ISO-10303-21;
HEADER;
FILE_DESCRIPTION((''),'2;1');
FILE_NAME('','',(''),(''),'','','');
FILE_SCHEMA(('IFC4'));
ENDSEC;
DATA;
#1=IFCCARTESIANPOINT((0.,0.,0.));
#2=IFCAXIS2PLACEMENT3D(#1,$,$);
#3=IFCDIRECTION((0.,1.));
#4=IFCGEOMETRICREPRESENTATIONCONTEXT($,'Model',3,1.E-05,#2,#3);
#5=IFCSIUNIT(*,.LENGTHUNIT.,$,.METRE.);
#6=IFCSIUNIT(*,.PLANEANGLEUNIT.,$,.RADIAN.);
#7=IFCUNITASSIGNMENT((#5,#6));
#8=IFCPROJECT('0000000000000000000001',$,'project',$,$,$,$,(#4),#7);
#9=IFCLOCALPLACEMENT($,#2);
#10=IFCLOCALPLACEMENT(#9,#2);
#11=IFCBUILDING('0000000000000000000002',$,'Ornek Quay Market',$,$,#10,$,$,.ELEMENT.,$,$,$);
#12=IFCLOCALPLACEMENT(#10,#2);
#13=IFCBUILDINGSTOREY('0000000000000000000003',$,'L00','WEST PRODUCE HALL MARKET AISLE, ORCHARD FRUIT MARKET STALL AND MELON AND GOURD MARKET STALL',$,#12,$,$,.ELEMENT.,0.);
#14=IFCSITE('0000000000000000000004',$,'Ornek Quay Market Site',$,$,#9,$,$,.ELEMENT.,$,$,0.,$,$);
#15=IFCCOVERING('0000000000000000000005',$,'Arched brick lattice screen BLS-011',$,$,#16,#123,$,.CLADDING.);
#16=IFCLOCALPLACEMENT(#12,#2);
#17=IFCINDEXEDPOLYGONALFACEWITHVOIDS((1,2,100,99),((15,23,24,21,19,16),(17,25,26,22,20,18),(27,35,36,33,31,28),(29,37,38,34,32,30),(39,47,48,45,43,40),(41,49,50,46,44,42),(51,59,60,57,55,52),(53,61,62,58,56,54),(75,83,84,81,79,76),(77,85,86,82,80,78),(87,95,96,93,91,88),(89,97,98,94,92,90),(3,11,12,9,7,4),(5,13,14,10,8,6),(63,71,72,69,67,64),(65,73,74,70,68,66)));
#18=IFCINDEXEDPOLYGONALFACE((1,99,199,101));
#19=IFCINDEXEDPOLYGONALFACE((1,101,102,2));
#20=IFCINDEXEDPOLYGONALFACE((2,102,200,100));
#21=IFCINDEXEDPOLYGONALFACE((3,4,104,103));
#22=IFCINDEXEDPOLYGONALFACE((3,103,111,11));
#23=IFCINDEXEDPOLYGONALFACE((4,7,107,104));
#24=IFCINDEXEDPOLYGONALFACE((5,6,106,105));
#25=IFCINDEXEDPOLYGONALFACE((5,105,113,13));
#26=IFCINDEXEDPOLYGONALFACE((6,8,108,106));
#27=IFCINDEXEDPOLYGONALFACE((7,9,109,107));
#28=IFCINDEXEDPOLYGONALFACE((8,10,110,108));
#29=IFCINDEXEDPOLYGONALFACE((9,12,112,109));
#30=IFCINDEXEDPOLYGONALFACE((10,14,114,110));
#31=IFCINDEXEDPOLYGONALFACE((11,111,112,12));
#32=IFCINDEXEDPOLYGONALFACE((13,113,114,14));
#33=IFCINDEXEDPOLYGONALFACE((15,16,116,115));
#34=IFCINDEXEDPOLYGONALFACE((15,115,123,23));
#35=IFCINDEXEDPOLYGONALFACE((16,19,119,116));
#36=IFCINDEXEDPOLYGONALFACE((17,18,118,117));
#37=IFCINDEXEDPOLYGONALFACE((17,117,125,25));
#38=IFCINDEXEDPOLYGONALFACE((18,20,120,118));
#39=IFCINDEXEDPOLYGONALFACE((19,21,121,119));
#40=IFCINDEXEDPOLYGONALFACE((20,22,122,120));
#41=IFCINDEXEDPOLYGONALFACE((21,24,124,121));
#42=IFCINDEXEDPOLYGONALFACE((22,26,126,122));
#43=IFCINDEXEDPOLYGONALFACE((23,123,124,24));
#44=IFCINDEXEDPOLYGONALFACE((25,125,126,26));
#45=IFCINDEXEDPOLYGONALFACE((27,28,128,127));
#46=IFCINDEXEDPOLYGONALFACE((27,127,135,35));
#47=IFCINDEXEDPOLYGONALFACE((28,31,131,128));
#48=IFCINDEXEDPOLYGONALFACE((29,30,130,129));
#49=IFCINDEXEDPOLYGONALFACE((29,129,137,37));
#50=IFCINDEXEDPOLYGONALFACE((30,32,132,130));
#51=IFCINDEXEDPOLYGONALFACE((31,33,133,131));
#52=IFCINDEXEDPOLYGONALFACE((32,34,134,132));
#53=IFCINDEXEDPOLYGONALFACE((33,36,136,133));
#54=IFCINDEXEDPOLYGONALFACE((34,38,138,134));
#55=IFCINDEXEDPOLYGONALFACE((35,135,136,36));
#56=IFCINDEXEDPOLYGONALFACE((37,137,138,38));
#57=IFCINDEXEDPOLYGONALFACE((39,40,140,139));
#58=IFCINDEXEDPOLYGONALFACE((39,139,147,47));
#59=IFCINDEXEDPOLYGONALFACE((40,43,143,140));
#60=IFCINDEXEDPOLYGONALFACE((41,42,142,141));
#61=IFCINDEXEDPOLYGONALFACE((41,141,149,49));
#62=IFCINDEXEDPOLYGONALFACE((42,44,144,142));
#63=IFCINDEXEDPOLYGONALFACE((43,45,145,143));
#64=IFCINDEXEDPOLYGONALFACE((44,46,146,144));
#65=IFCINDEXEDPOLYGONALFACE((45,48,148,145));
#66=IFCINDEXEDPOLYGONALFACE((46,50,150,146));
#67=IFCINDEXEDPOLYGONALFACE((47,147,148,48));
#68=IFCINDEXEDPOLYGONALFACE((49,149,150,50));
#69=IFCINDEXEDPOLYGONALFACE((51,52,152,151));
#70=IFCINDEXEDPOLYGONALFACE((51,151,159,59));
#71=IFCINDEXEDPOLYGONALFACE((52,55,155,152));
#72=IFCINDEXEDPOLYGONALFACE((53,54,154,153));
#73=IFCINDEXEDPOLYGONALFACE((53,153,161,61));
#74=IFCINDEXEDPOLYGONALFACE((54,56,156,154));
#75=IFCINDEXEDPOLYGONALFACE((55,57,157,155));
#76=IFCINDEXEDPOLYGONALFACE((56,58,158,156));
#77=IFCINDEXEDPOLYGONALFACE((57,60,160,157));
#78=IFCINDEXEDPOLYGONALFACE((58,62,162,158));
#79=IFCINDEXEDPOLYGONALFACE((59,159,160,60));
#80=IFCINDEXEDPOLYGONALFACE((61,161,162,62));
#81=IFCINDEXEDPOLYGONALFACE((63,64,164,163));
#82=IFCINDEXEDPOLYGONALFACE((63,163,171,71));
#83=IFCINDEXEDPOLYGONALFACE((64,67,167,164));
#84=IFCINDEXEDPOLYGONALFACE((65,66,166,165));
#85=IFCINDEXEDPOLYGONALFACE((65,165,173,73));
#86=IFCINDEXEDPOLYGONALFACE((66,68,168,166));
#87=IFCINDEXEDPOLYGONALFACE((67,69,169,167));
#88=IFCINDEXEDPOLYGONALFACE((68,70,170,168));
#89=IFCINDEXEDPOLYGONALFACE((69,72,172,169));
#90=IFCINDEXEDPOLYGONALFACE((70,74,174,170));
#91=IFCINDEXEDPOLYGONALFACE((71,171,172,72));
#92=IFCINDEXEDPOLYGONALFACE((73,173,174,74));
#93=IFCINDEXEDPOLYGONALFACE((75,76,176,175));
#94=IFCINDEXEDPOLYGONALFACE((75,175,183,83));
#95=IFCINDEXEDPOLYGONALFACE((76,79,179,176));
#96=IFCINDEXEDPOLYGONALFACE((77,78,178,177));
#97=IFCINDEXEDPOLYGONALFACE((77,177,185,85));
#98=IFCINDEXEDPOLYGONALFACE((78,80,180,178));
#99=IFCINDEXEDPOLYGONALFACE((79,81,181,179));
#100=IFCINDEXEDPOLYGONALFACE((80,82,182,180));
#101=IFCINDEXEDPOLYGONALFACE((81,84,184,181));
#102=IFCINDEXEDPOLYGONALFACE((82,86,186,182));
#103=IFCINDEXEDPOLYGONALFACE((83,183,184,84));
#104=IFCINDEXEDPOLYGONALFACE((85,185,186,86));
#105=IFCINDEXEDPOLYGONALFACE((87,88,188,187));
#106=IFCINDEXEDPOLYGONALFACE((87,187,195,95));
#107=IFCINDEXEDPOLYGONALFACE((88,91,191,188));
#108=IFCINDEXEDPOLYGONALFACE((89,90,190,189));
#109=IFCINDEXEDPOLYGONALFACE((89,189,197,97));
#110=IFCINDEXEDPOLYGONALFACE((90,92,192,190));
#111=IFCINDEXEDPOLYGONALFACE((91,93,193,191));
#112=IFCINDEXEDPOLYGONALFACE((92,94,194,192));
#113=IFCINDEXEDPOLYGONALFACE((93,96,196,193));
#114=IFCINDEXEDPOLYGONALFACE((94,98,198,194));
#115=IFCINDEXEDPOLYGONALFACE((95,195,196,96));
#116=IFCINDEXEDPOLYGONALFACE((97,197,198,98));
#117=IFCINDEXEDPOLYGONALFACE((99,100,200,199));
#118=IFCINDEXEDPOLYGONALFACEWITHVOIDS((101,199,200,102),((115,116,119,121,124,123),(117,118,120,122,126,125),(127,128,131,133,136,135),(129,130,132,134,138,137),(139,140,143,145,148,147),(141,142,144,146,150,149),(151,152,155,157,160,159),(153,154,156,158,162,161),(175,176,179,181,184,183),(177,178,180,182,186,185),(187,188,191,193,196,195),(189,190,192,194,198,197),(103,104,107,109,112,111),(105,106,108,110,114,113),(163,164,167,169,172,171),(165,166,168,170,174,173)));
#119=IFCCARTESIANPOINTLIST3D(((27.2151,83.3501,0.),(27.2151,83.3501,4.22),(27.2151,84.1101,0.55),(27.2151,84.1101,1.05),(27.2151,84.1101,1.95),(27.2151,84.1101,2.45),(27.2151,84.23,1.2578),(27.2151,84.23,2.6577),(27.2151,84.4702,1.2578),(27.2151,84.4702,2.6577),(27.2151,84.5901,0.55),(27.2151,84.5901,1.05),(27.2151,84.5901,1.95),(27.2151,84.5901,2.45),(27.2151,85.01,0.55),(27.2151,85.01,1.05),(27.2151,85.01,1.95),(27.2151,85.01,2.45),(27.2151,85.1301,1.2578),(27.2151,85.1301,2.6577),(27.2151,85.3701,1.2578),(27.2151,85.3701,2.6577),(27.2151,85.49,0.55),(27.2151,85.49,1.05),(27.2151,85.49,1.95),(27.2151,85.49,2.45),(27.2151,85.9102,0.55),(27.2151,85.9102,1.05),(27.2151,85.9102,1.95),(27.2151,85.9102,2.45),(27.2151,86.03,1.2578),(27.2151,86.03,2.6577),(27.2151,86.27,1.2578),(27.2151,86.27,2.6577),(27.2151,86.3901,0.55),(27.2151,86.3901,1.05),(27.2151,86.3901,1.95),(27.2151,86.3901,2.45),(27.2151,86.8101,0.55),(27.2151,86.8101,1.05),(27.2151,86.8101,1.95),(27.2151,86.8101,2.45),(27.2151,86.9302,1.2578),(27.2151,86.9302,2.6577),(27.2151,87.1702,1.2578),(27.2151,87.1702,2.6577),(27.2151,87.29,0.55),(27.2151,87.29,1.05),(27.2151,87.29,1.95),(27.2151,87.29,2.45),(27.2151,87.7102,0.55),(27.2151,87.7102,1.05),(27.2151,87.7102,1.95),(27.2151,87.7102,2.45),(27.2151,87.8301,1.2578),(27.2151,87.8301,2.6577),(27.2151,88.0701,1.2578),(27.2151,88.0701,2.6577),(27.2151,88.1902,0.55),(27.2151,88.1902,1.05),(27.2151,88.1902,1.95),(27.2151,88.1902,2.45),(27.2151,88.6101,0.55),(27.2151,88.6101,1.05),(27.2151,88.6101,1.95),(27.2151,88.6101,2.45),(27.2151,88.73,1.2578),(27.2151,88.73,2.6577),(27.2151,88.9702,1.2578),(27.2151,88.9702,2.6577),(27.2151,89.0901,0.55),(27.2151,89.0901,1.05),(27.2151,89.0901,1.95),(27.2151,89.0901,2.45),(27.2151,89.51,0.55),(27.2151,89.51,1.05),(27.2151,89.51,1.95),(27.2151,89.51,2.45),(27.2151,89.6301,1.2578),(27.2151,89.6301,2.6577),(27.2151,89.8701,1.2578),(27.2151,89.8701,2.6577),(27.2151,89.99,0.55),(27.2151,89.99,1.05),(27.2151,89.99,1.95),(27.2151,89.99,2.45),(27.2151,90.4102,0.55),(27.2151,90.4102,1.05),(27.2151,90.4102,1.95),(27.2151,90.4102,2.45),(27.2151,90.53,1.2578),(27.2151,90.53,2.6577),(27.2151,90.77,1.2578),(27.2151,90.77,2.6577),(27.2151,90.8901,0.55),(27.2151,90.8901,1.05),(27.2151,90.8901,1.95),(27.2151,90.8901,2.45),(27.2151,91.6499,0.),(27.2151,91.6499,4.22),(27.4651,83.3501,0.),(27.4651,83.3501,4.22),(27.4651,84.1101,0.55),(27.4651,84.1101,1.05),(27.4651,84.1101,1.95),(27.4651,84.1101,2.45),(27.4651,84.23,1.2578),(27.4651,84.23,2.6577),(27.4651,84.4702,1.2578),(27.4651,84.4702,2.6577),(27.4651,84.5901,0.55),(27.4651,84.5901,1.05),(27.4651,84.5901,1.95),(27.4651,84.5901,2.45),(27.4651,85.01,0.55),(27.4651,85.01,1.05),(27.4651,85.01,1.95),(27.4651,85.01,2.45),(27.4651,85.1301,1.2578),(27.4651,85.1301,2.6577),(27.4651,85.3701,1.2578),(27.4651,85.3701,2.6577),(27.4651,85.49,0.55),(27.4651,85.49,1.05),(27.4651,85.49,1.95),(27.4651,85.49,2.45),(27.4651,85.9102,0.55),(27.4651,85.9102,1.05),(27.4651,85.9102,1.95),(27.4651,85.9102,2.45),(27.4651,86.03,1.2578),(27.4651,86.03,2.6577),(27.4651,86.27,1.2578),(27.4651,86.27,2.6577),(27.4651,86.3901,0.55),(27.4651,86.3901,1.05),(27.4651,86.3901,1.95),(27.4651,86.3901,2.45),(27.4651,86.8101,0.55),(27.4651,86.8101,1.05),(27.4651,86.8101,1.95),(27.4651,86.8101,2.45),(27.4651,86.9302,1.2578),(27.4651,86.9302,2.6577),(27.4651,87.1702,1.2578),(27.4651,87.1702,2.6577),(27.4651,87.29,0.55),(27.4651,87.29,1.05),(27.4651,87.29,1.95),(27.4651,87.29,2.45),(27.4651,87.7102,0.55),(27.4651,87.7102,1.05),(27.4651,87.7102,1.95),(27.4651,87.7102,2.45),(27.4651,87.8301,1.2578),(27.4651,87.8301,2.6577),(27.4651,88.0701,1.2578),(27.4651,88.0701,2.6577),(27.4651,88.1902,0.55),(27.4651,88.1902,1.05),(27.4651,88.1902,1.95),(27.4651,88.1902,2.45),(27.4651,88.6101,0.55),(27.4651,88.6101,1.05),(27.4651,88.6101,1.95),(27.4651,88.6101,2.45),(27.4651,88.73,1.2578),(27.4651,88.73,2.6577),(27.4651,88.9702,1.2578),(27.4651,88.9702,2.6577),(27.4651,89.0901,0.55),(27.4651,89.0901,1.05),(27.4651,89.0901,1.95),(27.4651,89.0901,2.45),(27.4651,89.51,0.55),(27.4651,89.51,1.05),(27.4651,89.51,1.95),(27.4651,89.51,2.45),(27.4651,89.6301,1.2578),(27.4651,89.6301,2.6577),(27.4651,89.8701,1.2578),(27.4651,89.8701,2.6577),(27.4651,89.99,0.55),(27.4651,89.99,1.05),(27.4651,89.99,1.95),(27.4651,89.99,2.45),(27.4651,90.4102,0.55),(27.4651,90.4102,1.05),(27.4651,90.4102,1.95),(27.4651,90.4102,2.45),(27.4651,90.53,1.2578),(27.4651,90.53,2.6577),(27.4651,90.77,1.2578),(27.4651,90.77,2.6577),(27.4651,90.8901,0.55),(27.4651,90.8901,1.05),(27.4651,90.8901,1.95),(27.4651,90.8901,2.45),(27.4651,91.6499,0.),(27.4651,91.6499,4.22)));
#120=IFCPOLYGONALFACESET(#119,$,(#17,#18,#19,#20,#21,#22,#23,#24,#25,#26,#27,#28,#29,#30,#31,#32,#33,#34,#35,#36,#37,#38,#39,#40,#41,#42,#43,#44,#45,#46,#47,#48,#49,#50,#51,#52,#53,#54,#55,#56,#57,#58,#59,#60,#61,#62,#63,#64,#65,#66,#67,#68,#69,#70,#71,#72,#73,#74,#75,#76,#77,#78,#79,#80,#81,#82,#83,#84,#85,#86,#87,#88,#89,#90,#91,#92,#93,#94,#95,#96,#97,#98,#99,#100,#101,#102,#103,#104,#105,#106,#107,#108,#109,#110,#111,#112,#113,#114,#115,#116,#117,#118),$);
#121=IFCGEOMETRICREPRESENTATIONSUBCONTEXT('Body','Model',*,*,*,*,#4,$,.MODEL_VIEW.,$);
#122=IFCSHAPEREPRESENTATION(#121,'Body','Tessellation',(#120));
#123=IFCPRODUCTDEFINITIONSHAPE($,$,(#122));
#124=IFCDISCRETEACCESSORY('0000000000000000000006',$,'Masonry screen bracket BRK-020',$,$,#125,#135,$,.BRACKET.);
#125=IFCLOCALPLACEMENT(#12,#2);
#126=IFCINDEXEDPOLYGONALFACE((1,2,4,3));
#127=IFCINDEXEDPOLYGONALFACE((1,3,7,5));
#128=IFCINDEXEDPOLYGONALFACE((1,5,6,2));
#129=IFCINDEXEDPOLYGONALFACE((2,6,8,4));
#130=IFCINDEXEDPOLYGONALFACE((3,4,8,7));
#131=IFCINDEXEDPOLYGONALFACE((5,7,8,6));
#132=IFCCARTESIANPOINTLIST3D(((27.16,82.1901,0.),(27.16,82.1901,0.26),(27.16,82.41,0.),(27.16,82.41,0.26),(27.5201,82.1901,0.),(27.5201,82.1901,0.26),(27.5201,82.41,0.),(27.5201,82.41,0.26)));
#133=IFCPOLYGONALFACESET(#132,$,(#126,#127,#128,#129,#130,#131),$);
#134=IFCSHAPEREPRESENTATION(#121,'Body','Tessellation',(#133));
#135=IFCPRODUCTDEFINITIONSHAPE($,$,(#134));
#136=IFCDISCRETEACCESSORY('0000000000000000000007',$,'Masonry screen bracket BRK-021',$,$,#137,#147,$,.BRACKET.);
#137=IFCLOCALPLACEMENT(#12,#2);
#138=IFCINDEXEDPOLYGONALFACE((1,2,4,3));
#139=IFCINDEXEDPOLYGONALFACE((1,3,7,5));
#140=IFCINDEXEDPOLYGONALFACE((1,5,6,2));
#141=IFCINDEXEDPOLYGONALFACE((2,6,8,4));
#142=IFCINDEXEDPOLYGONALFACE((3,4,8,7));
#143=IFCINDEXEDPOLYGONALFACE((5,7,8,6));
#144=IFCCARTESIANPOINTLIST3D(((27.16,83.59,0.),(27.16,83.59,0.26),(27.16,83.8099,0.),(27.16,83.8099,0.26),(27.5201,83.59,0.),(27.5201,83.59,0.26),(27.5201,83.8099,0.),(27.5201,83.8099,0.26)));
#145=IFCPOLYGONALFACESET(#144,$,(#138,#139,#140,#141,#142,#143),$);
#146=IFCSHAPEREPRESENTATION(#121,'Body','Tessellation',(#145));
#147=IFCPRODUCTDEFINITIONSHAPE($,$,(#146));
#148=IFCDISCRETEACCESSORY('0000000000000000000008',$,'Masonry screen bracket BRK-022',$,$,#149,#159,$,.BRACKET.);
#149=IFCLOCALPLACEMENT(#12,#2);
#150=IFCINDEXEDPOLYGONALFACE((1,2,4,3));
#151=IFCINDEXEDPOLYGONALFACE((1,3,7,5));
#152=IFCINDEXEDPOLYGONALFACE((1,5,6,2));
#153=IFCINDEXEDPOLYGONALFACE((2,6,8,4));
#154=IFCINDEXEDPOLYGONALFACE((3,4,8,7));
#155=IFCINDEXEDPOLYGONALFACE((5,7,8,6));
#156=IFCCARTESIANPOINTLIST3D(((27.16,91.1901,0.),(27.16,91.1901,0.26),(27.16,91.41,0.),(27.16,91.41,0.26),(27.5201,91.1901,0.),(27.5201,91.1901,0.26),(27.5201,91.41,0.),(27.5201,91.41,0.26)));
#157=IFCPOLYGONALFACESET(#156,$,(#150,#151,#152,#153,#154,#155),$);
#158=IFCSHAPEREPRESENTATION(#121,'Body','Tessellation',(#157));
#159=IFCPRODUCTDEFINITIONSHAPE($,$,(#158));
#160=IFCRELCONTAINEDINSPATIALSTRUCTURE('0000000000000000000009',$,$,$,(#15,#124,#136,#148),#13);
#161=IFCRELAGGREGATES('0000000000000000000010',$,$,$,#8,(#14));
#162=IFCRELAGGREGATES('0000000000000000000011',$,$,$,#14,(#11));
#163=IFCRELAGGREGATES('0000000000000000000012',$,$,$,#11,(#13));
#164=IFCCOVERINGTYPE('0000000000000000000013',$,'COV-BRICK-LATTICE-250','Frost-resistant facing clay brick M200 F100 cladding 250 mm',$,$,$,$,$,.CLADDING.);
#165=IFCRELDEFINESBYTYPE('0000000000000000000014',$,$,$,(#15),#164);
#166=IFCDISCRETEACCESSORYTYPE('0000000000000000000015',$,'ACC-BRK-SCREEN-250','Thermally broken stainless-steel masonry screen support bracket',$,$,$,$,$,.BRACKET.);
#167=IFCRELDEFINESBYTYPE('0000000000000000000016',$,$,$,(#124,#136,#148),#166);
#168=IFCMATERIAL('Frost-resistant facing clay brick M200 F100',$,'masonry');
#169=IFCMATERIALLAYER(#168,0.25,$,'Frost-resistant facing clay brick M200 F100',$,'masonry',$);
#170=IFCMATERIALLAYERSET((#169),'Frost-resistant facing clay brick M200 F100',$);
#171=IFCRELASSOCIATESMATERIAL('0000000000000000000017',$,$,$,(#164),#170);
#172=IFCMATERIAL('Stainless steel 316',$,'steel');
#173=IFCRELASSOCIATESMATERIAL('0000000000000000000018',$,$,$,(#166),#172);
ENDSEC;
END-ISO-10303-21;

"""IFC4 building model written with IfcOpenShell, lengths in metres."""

from ifc_helpers import new_model, si_unit, direction, frame, origin, origin_2d, place, context, subcontext, project, spatial, polyline, rectangle, outline, extrude, material, layer, layer_set, type_object, element, save


model = new_model("IFC4")

# Units and contexts
model_context = context("Model", 3, precision=1e-05, world=origin(), true_north=direction((0.0, 1.0)))
body_context = subcontext(model_context, "Body", "Model", "MODEL_VIEW")
ifc_project = project(units=[si_unit("LENGTHUNIT", "METRE"), si_unit("PLANEANGLEUNIT", "RADIAN")], contexts=[model_context])

# Site, building, storey
site_placement = place(None, origin())
site = spatial("IfcSite", under=ifc_project, at=site_placement, Name="Ornek Quay Market Site", CompositionType="ELEMENT", RefElevation=0.0)
building_placement = place(site_placement, origin())
building = spatial("IfcBuilding", under=site, at=building_placement, Name="Ornek Quay Market", CompositionType="ELEMENT")
storey_placement = place(building_placement, origin())
storey = spatial("IfcBuildingStorey", under=building, at=storey_placement, Name="L00", Description="WEST PRODUCE HALL MARKET AISLE, ORCHARD FRUIT MARKET STALL AND MELON AND GOURD MARKET STALL", CompositionType="ELEMENT", Elevation=0.0)

# Shared definitions
ifc_material_1 = material(Name="Frost-resistant facing clay brick M200 F100", Category="masonry")

# Covering
ifc_layer_1 = layer(ifc_material_1, 0.25, Name="Frost-resistant facing clay brick M200 F100", Category="masonry")
ifc_layer_set_1 = layer_set([ifc_layer_1], Name="Frost-resistant facing clay brick M200 F100")
covering_type = type_object("IfcCoveringType", Name="COV-BRICK-LATTICE-250", Description="Frost-resistant facing clay brick M200 F100 cladding 250 mm", PredefinedType="CLADDING", material=ifc_layer_set_1)
covering_placement = place(storey_placement, frame((27.3401, 83.3501, 0.0), z_axis=(0.0, 0.0, 1.0), x_axis=(0.0, 1.0, 0.0)))
element("IfcCovering", 1, at=covering_placement, inside=storey, type_object=covering_type, Name="Arched brick lattice screen BLS-011", PredefinedType="CLADDING", context=body_context, shape_type="SweptSolid", body=[
    extrude(outline(polyline([(0.0, 0.0), (8.2998, 0.0), (8.2998, 4.22), (0.0, 4.22), (0.0, 0.0)]), holes=[polyline([(0.76, 0.55), (1.24, 0.55), (1.24, 1.05), (1.1201, 1.2578), (0.8799, 1.2578), (0.76, 1.05), (0.76, 0.55)]), polyline([(0.76, 1.95), (1.24, 1.95), (1.24, 2.45), (1.1201, 2.6577), (0.8799, 2.6577), (0.76, 2.45), (0.76, 1.95)]), polyline([(1.6599, 0.55), (2.1399, 0.55), (2.1399, 1.05), (2.02, 1.2578), (1.78, 1.2578), (1.6599, 1.05), (1.6599, 0.55)]), polyline([(1.6599, 1.95), (2.1399, 1.95), (2.1399, 2.45), (2.02, 2.6577), (1.78, 2.6577), (1.6599, 2.45), (1.6599, 1.95)]), polyline([(2.5601, 0.55), (3.04, 0.55), (3.04, 1.05), (2.9199, 1.2578), (2.6799, 1.2578), (2.5601, 1.05), (2.5601, 0.55)]), polyline([(2.5601, 1.95), (3.04, 1.95), (3.04, 2.45), (2.9199, 2.6577), (2.6799, 2.6577), (2.5601, 2.45), (2.5601, 1.95)]), polyline([(3.46, 0.55), (3.9399, 0.55), (3.9399, 1.05), (3.8201, 1.2578), (3.5801, 1.2578), (3.46, 1.05), (3.46, 0.55)]), polyline([(3.46, 1.95), (3.9399, 1.95), (3.9399, 2.45), (3.8201, 2.6577), (3.5801, 2.6577), (3.46, 2.45), (3.46, 1.95)]), polyline([(4.3601, 0.55), (4.8401, 0.55), (4.8401, 1.05), (4.72, 1.2578), (4.48, 1.2578), (4.3601, 1.05), (4.3601, 0.55)]), polyline([(4.3601, 1.95), (4.8401, 1.95), (4.8401, 2.45), (4.72, 2.6577), (4.48, 2.6577), (4.3601, 2.45), (4.3601, 1.95)]), polyline([(5.26, 0.55), (5.74, 0.55), (5.74, 1.05), (5.6201, 1.2578), (5.3799, 1.2578), (5.26, 1.05), (5.26, 0.55)]), polyline([(5.26, 1.95), (5.74, 1.95), (5.74, 2.45), (5.6201, 2.6577), (5.3799, 2.6577), (5.26, 2.45), (5.26, 1.95)]), polyline([(6.1599, 0.55), (6.6399, 0.55), (6.6399, 1.05), (6.52, 1.2578), (6.28, 1.2578), (6.1599, 1.05), (6.1599, 0.55)]), polyline([(6.1599, 1.95), (6.6399, 1.95), (6.6399, 2.45), (6.52, 2.6577), (6.28, 2.6577), (6.1599, 2.45), (6.1599, 1.95)]), polyline([(7.0601, 0.55), (7.54, 0.55), (7.54, 1.05), (7.4199, 1.2578), (7.1799, 1.2578), (7.0601, 1.05), (7.0601, 0.55)]), polyline([(7.0601, 1.95), (7.54, 1.95), (7.54, 2.45), (7.4199, 2.6577), (7.1799, 2.6577), (7.0601, 2.45), (7.0601, 1.95)])]), frame((0.0, 0.125, 0.0), z_axis=(0.0, -1.0, 0.0), x_axis=(1.0, 0.0, 0.0)), (0.0, 0.0, 1.0), 0.25),
])

# Discrete accessories
ifc_material_2 = material(Name="Stainless steel 316", Category="steel")
discrete_accessory_type = type_object("IfcDiscreteAccessoryType", Name="ACC-BRK-SCREEN-250", Description="Thermally broken stainless-steel masonry screen support bracket", PredefinedType="BRACKET", material=ifc_material_2)
for number, where, z_axis, x_axis, name in (
    (2, (27.3401, 82.3, 0.0), (0.0, 0.0, 1.0), (0.0, 1.0, 0.0), "Masonry screen bracket BRK-020"),
    (3, (27.3401, 83.7, 0.0), (0.0, 0.0, 1.0), (0.0, 1.0, 0.0), "Masonry screen bracket BRK-021"),
    (4, (27.3401, 91.3, 0.0), (0.0, 0.0, 1.0), (0.0, 1.0, 0.0), "Masonry screen bracket BRK-022"),
):
    element("IfcDiscreteAccessory", number, at=place(storey_placement, frame(where, z_axis=z_axis, x_axis=x_axis)), inside=storey, type_object=discrete_accessory_type, Name=name, PredefinedType="BRACKET", context=body_context, shape_type="SweptSolid", body=[
        extrude(rectangle(XDim=0.22, YDim=0.3601, at=origin_2d()), origin(), (0.0, 0.0, 1.0), 0.26),
    ])

save(model, "model.ifc")
